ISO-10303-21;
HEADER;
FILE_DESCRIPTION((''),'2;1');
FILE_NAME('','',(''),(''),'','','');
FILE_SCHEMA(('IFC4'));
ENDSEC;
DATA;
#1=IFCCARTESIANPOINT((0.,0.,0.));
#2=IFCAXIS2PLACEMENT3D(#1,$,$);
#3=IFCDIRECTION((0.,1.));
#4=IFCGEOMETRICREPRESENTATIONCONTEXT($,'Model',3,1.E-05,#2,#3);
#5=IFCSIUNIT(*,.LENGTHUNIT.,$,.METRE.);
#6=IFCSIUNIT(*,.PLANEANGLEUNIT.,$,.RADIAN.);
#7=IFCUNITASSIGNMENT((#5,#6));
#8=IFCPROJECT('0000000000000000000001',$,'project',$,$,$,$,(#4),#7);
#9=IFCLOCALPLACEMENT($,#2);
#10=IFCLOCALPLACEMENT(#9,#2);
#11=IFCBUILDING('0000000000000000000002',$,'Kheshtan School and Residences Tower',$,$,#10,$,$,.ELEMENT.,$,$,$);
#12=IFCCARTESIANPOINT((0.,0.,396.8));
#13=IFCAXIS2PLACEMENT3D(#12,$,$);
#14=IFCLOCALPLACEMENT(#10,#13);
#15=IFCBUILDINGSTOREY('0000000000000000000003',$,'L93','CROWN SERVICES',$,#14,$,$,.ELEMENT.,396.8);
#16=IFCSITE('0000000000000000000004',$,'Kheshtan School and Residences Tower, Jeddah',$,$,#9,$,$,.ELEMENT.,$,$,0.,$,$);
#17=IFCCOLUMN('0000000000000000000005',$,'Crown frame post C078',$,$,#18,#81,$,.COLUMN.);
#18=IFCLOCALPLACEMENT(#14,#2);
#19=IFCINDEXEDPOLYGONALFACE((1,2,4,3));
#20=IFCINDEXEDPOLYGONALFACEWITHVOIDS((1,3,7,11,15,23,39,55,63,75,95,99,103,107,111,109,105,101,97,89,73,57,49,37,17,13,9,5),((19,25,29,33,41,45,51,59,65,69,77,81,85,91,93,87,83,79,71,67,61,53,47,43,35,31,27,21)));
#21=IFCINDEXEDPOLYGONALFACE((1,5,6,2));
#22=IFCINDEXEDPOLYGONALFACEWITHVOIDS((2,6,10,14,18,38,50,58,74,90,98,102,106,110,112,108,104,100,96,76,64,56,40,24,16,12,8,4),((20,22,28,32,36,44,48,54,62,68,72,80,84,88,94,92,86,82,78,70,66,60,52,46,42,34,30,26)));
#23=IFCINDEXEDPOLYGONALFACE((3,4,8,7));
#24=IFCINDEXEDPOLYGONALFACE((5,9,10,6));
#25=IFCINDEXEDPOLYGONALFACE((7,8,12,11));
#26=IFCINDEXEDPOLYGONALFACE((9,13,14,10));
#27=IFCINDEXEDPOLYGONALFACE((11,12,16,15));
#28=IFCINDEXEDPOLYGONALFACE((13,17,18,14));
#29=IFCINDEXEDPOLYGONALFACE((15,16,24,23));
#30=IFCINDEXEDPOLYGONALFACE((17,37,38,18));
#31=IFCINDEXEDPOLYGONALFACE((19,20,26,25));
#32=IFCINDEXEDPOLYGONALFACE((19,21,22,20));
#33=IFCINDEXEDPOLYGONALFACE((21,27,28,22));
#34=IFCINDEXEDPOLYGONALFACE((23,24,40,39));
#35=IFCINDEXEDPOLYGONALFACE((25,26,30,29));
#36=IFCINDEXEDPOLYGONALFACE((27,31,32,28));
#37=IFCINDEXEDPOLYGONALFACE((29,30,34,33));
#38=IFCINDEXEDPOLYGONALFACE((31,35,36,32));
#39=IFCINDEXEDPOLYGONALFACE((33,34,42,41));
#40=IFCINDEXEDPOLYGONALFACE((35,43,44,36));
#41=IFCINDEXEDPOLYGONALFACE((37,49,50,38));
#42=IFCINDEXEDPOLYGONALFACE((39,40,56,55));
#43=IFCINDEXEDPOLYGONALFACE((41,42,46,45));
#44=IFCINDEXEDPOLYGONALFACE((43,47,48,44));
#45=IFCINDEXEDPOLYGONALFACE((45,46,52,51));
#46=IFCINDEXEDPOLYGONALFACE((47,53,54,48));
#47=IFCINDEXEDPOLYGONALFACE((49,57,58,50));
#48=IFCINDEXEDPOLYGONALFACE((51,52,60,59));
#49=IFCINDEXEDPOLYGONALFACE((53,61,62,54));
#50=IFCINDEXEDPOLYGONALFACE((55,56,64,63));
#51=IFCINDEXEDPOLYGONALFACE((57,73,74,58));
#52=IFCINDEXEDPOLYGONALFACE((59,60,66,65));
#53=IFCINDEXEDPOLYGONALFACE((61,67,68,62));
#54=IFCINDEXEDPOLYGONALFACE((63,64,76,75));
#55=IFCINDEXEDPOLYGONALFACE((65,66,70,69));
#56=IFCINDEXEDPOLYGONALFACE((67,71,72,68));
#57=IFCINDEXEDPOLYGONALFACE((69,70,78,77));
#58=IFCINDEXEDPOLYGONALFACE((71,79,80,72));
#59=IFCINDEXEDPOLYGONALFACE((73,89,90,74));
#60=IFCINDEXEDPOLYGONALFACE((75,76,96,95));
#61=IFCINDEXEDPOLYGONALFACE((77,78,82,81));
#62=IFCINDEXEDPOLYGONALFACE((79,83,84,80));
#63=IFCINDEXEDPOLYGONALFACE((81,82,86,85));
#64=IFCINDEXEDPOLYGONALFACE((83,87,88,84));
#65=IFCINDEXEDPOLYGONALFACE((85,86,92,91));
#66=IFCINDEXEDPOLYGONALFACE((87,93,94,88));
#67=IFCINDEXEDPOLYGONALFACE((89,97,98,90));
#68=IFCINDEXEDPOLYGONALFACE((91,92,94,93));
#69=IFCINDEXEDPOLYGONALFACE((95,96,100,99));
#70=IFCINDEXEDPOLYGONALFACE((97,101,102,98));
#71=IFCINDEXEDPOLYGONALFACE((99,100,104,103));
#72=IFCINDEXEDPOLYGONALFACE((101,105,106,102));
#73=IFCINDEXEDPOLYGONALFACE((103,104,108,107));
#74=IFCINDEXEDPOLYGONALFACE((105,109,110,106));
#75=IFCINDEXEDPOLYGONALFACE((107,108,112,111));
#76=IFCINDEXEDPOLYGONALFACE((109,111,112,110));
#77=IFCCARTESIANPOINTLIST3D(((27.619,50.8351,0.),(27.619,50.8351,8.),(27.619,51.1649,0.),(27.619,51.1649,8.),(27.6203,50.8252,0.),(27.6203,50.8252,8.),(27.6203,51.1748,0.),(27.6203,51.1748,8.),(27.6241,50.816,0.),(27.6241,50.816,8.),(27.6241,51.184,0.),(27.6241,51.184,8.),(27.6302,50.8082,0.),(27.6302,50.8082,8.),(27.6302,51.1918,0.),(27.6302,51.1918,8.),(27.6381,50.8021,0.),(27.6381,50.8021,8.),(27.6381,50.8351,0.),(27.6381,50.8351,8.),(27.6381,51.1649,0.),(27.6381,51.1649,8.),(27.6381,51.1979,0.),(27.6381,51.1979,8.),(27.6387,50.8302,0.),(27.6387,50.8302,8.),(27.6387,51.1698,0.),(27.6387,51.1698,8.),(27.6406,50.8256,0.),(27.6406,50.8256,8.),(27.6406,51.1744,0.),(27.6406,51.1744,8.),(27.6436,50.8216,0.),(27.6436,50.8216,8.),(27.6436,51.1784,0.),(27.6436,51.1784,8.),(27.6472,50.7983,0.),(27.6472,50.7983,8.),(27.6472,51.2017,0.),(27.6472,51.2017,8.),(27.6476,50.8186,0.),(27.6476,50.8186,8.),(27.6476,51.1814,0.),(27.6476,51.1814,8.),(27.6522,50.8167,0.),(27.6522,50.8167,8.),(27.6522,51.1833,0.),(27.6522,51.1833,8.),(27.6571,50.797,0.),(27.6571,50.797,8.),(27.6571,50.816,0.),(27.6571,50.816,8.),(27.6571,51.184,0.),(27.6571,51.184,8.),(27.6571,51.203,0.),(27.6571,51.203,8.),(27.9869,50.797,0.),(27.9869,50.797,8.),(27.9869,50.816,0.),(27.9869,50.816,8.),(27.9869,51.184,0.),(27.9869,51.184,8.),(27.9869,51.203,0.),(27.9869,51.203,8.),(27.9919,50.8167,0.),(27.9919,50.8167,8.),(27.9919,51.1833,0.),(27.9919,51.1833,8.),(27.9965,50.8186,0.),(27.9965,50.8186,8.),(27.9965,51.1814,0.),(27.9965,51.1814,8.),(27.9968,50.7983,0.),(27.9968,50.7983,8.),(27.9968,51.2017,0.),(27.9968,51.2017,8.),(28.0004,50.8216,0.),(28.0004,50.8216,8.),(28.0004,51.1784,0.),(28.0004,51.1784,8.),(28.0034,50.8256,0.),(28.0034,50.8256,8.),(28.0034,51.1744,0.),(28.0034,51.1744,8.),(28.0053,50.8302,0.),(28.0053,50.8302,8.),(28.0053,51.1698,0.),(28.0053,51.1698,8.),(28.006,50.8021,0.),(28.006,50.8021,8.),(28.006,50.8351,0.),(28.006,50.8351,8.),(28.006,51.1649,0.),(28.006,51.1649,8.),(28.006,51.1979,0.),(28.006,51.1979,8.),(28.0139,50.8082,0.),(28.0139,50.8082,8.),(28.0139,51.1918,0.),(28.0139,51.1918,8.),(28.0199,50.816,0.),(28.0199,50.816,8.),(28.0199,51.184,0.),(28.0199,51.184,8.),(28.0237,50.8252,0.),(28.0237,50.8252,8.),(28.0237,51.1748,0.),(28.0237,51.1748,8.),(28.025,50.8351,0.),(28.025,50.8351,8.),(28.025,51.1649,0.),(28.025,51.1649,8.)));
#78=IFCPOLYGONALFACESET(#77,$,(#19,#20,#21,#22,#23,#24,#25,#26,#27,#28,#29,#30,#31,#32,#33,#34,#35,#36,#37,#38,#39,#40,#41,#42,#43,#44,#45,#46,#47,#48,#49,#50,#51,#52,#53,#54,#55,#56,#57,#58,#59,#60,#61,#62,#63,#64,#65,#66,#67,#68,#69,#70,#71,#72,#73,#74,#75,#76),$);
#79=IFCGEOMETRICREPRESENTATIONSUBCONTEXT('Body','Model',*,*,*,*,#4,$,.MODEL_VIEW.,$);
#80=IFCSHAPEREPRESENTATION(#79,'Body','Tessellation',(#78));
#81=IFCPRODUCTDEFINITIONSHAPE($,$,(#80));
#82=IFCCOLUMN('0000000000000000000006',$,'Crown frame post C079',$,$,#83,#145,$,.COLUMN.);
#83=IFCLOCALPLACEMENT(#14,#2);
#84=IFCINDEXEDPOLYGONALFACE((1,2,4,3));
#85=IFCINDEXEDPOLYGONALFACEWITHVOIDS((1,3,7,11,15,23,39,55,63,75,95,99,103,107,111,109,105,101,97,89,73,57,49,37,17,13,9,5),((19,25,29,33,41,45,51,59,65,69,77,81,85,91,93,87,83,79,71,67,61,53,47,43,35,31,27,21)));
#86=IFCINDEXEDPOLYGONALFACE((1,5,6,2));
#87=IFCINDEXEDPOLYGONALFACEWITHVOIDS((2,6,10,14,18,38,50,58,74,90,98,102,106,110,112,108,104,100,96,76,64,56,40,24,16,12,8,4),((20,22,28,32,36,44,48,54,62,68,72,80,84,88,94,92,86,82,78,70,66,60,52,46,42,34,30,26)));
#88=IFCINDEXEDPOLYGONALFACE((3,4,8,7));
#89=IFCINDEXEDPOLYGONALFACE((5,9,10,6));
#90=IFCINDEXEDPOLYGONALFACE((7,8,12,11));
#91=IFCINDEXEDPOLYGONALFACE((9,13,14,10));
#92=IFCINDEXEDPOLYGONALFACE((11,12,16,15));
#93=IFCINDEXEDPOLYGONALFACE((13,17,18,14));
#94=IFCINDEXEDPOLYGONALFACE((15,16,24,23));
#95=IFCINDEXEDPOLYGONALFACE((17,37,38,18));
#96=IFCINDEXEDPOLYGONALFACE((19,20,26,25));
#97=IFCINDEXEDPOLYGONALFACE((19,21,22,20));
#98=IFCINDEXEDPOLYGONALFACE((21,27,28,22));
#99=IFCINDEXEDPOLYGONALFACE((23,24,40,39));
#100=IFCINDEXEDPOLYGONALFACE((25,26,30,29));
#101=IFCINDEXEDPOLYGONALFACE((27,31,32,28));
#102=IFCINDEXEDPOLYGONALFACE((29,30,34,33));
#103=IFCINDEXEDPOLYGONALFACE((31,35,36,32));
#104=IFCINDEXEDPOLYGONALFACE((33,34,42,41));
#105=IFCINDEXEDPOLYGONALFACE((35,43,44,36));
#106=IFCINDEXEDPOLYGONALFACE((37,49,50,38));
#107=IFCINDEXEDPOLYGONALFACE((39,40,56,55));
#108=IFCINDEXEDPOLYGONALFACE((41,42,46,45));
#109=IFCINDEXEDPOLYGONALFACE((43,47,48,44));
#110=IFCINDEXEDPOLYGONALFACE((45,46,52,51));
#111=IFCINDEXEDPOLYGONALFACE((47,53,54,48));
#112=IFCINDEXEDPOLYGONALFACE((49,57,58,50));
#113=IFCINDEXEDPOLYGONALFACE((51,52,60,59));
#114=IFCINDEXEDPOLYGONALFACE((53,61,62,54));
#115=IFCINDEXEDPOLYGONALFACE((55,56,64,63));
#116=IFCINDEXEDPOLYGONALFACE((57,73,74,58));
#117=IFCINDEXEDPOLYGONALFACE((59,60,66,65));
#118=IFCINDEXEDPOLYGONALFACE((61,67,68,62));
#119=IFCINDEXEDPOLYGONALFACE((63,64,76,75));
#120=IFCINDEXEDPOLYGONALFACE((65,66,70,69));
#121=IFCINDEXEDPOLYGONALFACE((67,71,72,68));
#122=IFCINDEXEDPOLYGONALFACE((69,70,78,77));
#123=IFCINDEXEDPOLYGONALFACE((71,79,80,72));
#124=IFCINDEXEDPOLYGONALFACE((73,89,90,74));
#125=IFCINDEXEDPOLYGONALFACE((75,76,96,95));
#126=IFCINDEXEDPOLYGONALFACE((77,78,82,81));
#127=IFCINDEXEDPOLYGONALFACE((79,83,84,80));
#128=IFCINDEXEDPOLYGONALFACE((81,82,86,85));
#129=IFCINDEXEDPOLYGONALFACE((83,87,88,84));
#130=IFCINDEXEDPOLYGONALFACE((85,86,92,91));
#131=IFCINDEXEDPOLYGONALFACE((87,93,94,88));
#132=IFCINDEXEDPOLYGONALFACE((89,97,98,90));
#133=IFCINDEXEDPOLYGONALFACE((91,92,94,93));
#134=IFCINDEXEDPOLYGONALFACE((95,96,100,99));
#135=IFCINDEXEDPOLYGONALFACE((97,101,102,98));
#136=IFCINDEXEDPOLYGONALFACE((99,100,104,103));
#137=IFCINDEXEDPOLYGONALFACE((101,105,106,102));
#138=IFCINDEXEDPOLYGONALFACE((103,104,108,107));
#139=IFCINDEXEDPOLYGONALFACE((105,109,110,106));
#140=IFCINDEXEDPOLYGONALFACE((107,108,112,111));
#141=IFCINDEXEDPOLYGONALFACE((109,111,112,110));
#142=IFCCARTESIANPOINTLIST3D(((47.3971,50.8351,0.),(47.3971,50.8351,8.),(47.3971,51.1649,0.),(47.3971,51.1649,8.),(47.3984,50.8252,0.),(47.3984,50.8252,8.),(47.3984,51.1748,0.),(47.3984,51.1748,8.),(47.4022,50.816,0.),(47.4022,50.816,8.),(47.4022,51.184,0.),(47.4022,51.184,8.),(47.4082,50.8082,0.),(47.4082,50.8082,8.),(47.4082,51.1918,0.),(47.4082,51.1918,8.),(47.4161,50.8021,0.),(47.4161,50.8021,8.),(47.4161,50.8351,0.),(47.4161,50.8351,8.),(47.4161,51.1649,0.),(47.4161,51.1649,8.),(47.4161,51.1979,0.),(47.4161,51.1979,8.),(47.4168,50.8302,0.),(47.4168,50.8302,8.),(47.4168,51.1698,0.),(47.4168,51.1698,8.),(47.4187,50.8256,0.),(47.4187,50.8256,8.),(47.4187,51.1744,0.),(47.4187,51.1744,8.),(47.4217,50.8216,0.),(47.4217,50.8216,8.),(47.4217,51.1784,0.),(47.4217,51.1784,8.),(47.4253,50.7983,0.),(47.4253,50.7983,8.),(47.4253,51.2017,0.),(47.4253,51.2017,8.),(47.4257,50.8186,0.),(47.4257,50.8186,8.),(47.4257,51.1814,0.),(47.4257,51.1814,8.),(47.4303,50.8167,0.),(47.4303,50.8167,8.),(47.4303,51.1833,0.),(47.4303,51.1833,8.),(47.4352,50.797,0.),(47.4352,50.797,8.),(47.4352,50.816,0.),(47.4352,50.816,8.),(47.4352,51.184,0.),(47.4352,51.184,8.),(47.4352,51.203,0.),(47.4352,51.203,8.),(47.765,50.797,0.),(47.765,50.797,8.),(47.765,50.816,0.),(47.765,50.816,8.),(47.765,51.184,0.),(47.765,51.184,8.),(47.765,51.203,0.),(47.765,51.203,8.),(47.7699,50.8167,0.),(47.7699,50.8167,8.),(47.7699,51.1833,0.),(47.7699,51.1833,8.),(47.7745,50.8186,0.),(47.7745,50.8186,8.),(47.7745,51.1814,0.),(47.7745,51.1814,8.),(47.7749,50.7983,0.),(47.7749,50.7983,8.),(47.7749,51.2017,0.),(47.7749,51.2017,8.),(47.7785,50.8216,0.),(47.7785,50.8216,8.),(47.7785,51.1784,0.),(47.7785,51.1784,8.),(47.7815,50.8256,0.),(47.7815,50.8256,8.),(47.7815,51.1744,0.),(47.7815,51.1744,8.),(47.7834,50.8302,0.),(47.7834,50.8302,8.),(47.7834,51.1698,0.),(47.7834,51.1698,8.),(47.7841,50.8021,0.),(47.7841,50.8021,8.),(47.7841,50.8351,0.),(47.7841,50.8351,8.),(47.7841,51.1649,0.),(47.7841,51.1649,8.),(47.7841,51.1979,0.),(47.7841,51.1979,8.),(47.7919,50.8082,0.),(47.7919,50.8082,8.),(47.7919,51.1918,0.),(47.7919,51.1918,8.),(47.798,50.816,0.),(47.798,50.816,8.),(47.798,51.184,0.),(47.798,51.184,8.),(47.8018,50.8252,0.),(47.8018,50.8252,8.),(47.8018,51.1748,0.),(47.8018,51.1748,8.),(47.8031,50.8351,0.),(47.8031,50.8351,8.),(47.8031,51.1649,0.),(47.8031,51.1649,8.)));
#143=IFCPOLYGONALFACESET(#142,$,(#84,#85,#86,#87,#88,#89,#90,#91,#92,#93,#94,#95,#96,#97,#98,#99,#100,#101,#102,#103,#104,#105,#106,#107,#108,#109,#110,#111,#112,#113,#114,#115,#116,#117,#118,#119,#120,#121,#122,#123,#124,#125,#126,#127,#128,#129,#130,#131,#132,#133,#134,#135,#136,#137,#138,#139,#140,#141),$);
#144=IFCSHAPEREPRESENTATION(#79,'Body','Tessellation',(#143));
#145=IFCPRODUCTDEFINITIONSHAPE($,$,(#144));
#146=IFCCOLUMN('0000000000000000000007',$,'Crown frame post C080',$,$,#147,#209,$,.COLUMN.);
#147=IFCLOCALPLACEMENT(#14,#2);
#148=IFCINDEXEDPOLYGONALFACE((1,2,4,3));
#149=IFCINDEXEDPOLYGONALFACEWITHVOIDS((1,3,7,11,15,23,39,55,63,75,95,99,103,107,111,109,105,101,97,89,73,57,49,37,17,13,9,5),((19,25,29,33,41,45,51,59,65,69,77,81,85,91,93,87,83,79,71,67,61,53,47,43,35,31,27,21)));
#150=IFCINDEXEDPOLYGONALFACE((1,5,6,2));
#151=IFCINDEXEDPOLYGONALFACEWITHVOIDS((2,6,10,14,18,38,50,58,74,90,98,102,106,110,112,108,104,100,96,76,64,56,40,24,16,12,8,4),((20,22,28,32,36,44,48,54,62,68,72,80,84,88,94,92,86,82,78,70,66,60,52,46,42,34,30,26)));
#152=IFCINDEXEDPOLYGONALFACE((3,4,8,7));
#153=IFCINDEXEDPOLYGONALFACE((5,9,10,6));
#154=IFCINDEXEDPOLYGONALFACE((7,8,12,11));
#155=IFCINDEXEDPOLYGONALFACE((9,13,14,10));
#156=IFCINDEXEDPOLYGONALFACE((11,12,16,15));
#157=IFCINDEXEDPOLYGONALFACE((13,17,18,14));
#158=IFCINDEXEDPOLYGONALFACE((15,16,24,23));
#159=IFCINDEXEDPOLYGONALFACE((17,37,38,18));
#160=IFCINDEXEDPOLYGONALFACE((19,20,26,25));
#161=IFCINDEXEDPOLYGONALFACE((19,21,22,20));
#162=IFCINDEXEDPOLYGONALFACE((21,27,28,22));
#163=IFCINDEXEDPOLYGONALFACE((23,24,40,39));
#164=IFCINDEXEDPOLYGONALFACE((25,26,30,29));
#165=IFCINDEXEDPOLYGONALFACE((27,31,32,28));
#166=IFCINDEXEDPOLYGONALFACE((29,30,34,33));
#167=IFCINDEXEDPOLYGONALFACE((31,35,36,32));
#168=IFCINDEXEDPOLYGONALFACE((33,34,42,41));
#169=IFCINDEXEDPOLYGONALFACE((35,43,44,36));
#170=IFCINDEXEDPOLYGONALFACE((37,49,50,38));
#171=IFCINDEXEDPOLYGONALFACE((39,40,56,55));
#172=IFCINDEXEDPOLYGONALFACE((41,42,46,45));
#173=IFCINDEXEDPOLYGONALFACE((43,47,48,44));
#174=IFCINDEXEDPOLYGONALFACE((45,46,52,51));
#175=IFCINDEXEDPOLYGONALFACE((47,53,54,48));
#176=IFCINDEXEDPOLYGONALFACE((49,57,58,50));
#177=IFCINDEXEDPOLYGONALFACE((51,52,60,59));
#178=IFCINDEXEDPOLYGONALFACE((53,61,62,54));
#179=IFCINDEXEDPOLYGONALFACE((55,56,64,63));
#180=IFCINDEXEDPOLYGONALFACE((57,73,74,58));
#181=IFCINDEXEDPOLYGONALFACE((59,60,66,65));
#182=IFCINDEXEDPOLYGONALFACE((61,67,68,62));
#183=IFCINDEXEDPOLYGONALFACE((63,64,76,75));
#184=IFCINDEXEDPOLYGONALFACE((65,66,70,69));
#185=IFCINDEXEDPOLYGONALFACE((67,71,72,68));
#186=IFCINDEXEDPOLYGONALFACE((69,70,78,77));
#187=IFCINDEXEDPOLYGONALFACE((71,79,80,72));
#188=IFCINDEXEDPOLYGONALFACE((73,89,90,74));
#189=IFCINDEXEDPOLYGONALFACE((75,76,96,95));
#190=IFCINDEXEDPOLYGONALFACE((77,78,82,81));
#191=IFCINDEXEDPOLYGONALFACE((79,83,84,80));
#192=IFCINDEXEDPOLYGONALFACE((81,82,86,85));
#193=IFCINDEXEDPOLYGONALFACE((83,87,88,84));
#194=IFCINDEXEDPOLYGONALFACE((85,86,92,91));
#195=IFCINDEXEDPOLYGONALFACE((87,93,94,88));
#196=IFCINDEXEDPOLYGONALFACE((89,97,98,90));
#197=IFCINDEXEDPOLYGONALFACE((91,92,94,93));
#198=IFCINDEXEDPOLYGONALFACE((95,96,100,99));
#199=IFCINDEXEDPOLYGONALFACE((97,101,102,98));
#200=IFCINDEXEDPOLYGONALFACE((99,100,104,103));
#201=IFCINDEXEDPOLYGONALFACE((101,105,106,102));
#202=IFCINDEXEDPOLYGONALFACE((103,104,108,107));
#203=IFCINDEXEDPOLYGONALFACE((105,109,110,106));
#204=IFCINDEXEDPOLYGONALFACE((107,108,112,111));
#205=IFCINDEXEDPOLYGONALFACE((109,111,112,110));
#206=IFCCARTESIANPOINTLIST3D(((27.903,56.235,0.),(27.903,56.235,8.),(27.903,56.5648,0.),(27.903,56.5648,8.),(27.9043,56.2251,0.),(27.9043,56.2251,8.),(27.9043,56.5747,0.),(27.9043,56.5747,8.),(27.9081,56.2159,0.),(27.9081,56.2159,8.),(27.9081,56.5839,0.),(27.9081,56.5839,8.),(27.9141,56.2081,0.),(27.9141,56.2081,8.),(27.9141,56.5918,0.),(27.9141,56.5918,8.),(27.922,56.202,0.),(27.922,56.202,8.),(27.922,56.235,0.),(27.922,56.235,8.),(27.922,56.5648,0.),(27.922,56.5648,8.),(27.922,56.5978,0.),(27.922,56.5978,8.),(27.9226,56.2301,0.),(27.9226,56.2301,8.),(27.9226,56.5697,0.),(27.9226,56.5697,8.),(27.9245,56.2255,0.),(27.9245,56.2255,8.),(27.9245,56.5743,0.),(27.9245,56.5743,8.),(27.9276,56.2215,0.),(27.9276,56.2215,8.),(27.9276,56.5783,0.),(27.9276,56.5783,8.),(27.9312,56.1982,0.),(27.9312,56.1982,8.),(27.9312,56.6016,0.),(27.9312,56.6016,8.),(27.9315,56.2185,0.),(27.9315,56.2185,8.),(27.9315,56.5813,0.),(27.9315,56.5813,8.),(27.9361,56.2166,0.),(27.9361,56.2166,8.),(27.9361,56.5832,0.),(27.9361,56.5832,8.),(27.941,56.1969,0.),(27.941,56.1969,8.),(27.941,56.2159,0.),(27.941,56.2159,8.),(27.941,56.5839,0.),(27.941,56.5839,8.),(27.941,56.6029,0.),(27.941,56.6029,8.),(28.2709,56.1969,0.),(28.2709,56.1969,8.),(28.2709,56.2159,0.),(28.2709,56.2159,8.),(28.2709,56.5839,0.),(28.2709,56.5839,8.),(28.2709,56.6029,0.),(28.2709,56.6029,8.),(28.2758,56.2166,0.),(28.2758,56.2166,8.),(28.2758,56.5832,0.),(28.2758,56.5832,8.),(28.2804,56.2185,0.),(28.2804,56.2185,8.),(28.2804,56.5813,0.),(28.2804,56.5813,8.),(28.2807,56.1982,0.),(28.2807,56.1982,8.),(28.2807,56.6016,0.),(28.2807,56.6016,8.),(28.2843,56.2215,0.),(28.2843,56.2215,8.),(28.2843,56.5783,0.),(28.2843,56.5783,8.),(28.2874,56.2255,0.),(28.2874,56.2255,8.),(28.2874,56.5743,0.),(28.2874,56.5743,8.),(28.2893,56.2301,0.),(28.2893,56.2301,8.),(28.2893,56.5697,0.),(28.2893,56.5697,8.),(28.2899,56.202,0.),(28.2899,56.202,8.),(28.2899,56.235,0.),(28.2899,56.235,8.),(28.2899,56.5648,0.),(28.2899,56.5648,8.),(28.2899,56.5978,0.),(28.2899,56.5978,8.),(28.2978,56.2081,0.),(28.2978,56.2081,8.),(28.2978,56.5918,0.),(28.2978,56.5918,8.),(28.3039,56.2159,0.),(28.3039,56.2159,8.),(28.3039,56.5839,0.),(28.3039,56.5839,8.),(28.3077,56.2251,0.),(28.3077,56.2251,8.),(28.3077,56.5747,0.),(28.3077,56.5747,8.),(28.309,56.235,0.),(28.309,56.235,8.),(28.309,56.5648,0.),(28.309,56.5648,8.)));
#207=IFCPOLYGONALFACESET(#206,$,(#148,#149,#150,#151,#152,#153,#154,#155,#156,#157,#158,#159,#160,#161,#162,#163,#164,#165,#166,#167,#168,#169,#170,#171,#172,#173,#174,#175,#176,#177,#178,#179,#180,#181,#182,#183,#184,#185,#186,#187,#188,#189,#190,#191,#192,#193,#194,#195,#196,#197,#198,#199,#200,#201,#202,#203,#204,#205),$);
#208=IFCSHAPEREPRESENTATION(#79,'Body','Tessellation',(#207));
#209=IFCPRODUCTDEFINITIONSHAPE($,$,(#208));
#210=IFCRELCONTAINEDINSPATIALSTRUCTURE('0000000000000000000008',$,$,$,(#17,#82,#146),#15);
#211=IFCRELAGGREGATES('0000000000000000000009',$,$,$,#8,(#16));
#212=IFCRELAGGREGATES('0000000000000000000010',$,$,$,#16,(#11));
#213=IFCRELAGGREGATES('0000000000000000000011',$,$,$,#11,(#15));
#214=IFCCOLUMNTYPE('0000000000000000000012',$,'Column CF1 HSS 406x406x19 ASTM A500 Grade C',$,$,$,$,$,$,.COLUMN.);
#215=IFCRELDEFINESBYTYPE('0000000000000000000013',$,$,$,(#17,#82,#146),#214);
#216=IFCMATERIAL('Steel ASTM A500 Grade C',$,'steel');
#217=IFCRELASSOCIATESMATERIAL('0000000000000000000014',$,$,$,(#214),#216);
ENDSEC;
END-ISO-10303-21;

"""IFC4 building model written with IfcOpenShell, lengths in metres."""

from ifc_helpers import new_model, si_unit, direction, frame, origin, origin_2d, place, context, subcontext, project, spatial, hollow_rectangle, extrude, material, material_profile, profile_set, type_object, element, save


model = new_model("IFC4")

# Units and contexts
model_context = context("Model", 3, precision=1e-05, world=origin(), true_north=direction((0.0, 1.0)))
body_context = subcontext(model_context, "Body", "Model", "MODEL_VIEW")
ifc_project = project(units=[si_unit("LENGTHUNIT", "METRE"), si_unit("PLANEANGLEUNIT", "RADIAN")], contexts=[model_context])

# Site, building, storey
site_placement = place(None, origin())
site = spatial("IfcSite", under=ifc_project, at=site_placement, Name="Kheshtan School and Residences Tower, Jeddah", CompositionType="ELEMENT", RefElevation=0.0)
building_placement = place(site_placement, origin())
building = spatial("IfcBuilding", under=site, at=building_placement, Name="Kheshtan School and Residences Tower", CompositionType="ELEMENT")
storey_placement = place(building_placement, frame((0.0, 0.0, 396.8)))
storey = spatial("IfcBuildingStorey", under=building, at=storey_placement, Name="L93", Description="CROWN SERVICES", CompositionType="ELEMENT", Elevation=396.8)

# Columns
ifc_material_1 = material(Name="Steel ASTM A500 Grade C", Category="steel")
ifc_material_profile_1 = material_profile(ifc_material_1, hollow_rectangle(XDim=0.406, YDim=0.406, WallThickness=0.019, InnerFilletRadius=0.019, OuterFilletRadius=0.0381, at=origin_2d()), Name="HSS 406x406x19")
ifc_profile_set_1 = profile_set([ifc_material_profile_1], Name="Steel ASTM A500 Grade C")
column_type = type_object("IfcColumnType", Name="Column CF1 HSS 406x406x19 ASTM A500 Grade C", PredefinedType="COLUMN", material=ifc_profile_set_1)
for number, where, z_axis, x_axis, name in (
    (1, (27.822, 51.0, 0.0), (0.0, 0.0, 1.0), (1.0, 0.0, 0.0), "Crown frame post C078"),
    (2, (47.6001, 51.0, 0.0), (0.0, 0.0, 1.0), (1.0, 0.0, 0.0), "Crown frame post C079"),
    (3, (28.106, 56.3999, 0.0), (0.0, 0.0, 1.0), (1.0, 0.0, 0.0), "Crown frame post C080"),
):
    element("IfcColumn", number, at=place(storey_placement, frame(where, z_axis=z_axis, x_axis=x_axis)), inside=storey, type_object=column_type, Name=name, PredefinedType="COLUMN", context=body_context, shape_type="SweptSolid", body=[
        extrude(hollow_rectangle(XDim=0.406, YDim=0.406, WallThickness=0.019, InnerFilletRadius=0.019, OuterFilletRadius=0.0381, at=origin_2d()), origin(), (0.0, 0.0, 1.0), 8.0),
    ])

save(model, "model.ifc")
